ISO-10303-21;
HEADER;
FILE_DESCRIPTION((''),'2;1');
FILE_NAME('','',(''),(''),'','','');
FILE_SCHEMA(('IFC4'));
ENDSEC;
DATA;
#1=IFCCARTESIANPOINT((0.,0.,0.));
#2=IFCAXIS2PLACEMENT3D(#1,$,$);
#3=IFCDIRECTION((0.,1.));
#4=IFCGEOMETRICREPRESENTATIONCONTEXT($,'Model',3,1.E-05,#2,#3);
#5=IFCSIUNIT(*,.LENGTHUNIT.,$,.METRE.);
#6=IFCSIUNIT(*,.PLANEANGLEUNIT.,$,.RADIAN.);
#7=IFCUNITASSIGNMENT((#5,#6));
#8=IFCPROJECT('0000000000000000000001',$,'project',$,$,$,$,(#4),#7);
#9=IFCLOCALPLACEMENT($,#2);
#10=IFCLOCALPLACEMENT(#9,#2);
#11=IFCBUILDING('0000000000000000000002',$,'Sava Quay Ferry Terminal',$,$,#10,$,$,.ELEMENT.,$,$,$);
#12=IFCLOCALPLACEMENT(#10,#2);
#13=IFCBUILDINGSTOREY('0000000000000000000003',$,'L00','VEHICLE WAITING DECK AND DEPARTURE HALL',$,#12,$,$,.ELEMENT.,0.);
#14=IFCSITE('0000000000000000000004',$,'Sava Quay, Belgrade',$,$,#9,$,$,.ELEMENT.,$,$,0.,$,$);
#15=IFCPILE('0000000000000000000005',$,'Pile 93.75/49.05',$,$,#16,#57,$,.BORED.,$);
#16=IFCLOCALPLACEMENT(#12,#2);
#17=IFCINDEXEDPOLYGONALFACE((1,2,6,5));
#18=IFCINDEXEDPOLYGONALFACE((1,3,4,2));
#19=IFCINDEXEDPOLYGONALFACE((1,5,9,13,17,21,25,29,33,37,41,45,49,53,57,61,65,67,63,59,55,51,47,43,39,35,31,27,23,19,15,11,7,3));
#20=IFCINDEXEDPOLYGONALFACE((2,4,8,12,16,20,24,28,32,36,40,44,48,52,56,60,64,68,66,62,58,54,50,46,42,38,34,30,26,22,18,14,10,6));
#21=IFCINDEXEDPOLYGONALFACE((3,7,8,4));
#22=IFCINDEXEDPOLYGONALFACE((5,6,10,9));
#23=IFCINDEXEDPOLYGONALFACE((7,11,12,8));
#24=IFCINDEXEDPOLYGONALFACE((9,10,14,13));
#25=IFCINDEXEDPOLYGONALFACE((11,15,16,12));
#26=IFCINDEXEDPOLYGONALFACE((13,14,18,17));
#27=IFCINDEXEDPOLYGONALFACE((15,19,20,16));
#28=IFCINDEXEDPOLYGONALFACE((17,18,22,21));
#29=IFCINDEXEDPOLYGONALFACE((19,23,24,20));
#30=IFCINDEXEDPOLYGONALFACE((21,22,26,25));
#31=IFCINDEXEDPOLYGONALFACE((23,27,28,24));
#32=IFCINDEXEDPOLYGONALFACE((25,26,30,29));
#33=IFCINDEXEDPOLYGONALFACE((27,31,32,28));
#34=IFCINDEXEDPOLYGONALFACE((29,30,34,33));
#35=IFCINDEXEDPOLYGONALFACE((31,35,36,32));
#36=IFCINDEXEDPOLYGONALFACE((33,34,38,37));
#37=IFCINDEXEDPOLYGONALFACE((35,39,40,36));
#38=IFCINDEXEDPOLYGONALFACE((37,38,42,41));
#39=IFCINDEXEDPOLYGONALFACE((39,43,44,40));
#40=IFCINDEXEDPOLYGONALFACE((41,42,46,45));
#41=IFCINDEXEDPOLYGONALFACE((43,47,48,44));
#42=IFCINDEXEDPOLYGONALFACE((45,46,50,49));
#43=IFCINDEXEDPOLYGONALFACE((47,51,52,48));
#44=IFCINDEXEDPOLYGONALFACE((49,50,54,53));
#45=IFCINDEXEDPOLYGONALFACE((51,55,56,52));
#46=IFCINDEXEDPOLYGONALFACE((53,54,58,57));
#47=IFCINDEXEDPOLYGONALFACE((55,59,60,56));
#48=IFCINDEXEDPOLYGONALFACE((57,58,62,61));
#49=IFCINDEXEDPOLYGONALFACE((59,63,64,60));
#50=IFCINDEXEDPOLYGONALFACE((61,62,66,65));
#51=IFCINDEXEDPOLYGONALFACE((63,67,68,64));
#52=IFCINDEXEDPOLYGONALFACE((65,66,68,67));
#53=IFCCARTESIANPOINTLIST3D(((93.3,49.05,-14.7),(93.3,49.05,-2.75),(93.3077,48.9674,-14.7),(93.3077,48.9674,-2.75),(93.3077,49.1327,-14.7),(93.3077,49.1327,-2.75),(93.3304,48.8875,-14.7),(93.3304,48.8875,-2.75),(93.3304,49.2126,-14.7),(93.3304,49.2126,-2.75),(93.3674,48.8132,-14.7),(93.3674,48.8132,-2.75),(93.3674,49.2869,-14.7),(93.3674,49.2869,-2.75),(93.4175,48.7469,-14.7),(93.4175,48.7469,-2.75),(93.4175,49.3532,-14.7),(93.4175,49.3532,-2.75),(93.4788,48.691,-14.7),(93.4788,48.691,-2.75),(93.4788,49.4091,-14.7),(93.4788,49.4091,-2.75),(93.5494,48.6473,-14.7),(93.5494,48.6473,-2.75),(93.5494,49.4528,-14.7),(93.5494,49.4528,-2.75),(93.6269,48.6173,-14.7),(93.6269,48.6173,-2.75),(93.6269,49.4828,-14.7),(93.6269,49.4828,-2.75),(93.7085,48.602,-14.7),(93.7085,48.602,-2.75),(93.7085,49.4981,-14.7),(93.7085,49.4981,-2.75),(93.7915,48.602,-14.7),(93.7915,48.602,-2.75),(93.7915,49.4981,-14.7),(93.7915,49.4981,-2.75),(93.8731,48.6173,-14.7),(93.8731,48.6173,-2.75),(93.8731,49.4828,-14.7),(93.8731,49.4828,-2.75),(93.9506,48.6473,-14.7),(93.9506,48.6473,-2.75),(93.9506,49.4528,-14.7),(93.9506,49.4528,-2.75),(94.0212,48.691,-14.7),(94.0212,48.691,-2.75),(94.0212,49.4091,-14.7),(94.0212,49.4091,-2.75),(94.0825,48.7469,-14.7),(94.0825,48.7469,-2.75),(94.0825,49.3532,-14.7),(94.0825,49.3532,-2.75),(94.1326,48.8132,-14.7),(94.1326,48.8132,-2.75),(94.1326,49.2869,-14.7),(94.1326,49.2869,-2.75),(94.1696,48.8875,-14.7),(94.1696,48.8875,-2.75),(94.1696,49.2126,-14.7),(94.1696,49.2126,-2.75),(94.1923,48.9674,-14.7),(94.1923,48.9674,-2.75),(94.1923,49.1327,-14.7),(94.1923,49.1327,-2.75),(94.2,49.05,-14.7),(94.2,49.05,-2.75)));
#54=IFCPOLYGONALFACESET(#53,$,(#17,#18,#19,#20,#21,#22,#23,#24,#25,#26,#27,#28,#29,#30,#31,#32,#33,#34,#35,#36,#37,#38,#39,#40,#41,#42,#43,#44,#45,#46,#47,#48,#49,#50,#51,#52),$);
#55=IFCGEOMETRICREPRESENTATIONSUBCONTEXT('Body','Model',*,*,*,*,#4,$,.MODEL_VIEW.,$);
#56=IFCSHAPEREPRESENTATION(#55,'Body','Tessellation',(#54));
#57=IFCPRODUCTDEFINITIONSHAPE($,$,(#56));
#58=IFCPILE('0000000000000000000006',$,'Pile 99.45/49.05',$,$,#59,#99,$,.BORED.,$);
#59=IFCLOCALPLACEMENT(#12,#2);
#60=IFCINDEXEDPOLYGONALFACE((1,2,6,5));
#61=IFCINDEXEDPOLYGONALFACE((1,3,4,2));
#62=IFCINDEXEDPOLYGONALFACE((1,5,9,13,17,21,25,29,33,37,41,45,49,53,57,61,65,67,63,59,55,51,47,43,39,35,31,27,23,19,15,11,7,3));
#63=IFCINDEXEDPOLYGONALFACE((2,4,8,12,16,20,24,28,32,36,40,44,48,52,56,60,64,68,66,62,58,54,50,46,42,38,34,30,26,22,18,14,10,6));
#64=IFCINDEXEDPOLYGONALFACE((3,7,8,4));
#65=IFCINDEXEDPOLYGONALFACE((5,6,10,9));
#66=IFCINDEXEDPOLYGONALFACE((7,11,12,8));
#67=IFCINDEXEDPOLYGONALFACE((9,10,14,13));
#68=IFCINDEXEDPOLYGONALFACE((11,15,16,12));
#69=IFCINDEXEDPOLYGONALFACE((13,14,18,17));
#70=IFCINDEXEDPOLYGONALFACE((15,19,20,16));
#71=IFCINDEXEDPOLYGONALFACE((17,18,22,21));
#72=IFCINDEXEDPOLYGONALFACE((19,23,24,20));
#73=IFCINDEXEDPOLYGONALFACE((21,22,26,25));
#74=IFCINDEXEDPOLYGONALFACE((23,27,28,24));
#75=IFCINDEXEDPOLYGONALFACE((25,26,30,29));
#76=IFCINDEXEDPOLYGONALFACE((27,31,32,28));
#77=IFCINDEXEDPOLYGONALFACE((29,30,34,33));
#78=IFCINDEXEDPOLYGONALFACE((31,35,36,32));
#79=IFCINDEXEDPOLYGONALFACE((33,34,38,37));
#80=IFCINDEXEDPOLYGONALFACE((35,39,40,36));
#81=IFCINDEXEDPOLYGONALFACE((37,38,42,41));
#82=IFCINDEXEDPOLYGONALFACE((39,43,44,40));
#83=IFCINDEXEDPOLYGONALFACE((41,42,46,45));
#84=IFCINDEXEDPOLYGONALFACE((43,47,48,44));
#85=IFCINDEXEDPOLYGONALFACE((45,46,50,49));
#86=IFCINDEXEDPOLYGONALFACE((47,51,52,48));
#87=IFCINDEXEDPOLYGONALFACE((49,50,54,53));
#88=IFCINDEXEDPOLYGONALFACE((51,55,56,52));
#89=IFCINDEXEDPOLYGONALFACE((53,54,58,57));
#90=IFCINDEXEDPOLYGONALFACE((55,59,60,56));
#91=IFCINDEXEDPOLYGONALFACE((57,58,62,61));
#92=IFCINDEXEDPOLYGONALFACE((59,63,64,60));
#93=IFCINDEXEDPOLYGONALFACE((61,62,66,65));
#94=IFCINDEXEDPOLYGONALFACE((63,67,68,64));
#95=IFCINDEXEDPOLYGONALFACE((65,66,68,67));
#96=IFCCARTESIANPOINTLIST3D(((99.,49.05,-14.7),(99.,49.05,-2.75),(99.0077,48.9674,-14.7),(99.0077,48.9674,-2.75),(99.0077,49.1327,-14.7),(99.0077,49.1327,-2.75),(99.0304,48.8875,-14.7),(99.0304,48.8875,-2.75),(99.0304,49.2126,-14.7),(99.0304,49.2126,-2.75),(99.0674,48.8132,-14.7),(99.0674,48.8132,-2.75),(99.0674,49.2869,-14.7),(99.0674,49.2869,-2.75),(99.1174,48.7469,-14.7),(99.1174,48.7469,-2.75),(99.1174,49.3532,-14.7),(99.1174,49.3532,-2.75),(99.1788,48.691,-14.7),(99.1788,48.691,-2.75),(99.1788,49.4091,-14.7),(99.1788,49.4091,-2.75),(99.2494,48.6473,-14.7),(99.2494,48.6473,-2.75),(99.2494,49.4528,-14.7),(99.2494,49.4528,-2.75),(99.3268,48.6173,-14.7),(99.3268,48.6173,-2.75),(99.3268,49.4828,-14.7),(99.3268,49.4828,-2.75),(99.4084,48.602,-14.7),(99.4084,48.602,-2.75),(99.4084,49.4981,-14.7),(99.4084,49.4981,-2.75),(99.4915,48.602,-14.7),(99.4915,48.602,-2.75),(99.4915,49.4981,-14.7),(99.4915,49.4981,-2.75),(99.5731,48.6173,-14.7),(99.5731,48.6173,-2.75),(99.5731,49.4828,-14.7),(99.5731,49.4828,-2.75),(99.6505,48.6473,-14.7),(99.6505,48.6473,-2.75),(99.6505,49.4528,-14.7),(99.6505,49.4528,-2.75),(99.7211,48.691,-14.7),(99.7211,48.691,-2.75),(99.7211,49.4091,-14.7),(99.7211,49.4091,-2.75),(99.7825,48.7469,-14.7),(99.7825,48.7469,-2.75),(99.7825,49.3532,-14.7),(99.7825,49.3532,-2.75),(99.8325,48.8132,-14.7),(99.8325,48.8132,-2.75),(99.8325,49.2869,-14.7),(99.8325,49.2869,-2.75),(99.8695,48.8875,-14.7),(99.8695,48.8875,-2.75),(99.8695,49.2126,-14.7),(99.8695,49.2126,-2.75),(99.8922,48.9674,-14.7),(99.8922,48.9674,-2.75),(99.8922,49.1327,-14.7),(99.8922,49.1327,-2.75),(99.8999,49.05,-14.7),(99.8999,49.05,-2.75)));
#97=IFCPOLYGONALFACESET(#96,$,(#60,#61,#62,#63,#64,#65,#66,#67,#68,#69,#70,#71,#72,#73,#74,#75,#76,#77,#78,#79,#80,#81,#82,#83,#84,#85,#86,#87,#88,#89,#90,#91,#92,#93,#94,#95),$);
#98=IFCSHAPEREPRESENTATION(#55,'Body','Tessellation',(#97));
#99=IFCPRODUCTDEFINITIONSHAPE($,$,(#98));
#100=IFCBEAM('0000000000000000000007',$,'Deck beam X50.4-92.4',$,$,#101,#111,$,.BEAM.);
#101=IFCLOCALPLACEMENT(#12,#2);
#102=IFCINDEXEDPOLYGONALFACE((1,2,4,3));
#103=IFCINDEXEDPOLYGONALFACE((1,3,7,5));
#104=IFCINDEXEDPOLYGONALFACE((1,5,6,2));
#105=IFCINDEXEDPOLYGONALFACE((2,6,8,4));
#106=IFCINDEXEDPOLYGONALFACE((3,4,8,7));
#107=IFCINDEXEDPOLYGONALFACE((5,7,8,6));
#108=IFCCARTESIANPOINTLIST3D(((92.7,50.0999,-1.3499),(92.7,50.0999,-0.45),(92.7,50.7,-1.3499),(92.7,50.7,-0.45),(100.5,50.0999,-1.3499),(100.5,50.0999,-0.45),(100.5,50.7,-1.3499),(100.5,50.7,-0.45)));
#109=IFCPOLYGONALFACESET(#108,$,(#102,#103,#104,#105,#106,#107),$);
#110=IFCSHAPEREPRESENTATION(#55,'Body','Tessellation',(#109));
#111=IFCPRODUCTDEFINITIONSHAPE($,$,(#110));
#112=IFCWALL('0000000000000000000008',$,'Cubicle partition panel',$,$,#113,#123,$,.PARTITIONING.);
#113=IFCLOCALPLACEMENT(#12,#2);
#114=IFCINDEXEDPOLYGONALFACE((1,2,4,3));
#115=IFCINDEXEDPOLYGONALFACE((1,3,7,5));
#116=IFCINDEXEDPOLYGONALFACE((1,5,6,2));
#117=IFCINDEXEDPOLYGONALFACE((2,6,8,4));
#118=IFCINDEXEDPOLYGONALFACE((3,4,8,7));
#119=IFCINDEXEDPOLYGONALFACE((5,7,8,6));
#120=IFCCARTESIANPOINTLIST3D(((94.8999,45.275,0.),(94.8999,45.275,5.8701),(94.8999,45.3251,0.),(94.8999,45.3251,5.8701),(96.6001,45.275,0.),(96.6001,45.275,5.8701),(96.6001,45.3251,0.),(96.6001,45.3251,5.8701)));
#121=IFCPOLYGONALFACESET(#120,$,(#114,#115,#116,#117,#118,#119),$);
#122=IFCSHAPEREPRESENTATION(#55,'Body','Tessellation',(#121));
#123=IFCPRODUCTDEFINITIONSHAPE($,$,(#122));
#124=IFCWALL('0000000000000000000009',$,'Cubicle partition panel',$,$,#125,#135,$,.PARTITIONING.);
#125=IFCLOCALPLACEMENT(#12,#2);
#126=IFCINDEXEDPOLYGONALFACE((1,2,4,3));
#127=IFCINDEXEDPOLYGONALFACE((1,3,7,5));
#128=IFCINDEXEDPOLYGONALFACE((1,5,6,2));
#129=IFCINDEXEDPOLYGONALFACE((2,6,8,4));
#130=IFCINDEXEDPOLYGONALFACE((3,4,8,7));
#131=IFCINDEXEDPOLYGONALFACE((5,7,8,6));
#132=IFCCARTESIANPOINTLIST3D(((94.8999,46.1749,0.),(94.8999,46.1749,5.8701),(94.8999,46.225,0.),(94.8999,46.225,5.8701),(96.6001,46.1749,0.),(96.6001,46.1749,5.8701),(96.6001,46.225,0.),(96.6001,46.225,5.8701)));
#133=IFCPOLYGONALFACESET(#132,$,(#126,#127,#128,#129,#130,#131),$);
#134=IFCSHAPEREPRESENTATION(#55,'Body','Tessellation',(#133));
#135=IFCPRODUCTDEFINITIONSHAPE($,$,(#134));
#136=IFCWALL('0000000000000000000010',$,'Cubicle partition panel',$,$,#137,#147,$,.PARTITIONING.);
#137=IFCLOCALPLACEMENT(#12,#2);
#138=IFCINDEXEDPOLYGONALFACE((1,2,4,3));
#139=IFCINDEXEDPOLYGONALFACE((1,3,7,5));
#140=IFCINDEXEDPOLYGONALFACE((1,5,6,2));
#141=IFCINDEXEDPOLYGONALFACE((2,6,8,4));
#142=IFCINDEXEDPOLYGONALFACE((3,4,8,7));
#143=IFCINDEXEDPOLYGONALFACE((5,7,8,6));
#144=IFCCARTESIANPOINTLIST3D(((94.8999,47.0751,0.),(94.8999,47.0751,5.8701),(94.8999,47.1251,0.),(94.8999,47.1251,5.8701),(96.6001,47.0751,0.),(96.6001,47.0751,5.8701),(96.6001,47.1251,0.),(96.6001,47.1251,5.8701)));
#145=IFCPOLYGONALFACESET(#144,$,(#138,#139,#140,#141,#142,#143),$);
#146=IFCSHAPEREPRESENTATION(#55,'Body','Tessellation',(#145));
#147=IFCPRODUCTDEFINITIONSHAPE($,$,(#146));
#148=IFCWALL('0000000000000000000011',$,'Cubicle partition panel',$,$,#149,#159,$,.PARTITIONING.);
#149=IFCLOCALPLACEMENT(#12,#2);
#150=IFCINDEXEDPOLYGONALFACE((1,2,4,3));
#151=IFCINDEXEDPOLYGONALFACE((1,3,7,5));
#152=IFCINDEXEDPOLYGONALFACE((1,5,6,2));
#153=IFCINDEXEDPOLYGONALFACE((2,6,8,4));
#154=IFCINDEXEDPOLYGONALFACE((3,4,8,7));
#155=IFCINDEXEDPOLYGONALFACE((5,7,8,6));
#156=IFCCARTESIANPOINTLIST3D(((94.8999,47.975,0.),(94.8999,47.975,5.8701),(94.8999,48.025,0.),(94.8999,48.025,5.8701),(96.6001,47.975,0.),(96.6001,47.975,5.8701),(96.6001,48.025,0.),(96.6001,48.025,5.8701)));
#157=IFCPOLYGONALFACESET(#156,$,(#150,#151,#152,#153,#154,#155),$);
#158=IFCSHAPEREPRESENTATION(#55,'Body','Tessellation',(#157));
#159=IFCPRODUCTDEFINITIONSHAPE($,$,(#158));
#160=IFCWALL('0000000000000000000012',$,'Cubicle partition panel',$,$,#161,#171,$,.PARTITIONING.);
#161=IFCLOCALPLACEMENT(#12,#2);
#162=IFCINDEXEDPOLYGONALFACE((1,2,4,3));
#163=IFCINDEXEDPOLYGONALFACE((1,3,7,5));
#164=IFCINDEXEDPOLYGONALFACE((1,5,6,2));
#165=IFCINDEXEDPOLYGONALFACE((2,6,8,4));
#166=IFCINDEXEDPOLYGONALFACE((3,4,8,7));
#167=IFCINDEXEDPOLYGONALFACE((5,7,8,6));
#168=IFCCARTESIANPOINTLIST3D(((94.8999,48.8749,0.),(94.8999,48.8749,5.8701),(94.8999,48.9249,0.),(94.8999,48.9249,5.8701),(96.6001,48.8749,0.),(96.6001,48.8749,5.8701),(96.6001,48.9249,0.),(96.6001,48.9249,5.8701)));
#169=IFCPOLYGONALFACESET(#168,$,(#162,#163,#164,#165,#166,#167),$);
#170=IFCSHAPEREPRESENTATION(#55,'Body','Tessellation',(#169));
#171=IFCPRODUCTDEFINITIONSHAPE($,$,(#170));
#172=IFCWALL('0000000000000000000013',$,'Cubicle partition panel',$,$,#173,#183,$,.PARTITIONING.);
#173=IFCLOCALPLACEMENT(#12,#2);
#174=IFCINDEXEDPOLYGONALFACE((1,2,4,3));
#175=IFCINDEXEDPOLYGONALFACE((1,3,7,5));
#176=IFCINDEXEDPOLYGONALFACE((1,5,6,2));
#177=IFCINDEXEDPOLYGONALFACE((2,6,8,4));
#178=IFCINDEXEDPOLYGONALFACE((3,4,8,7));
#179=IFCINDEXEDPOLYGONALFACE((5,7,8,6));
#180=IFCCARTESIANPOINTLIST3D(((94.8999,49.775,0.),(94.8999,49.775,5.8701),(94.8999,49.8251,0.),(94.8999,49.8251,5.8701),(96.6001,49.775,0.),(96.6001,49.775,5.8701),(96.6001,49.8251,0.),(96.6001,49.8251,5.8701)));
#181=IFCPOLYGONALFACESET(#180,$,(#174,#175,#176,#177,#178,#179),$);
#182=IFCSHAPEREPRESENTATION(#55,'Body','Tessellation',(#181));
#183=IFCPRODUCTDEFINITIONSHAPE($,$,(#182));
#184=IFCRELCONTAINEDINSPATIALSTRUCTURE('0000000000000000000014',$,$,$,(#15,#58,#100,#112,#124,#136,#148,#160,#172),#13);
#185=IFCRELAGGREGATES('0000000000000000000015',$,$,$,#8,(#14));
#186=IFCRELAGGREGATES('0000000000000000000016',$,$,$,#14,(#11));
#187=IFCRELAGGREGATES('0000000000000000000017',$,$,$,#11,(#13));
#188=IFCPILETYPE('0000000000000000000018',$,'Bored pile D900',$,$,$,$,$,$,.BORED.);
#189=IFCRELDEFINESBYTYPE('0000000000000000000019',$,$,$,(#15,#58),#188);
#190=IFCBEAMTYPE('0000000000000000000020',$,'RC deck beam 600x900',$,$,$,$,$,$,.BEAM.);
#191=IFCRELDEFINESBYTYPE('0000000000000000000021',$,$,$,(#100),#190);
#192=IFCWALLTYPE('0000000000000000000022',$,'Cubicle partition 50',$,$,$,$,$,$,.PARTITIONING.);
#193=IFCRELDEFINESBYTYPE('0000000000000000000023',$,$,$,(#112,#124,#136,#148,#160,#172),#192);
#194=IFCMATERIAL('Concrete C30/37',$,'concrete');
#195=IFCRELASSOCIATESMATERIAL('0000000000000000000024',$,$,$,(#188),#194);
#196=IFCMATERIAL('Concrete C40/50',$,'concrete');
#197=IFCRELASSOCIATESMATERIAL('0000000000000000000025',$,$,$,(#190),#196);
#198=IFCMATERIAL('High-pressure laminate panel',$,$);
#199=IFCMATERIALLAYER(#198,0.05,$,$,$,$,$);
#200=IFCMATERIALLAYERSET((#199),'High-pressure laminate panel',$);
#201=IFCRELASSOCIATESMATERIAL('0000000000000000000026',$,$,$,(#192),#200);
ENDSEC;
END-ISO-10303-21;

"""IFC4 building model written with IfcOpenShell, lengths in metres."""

from ifc_helpers import new_model, si_unit, direction, frame, frame_2d, origin, origin_2d, place, context, subcontext, project, spatial, rectangle, circle, extrude, material, layer, layer_set, material_profile, profile_set, type_object, element, save


model = new_model("IFC4")

# Units and contexts
model_context = context("Model", 3, precision=1e-05, world=origin(), true_north=direction((0.0, 1.0)))
body_context = subcontext(model_context, "Body", "Model", "MODEL_VIEW")
ifc_project = project(units=[si_unit("LENGTHUNIT", "METRE"), si_unit("PLANEANGLEUNIT", "RADIAN")], contexts=[model_context])

# Site, building, storey
site_placement = place(None, origin())
site = spatial("IfcSite", under=ifc_project, at=site_placement, Name="Sava Quay, Belgrade", CompositionType="ELEMENT", RefElevation=0.0)
building_placement = place(site_placement, origin())
building = spatial("IfcBuilding", under=site, at=building_placement, Name="Sava Quay Ferry Terminal", CompositionType="ELEMENT")
storey_placement = place(building_placement, origin())
storey = spatial("IfcBuildingStorey", under=building, at=storey_placement, Name="L00", Description="VEHICLE WAITING DECK AND DEPARTURE HALL", CompositionType="ELEMENT", Elevation=0.0)

# Piles
ifc_material_1 = material(Name="Concrete C30/37", Category="concrete")
ifc_material_profile_1 = material_profile(ifc_material_1, circle(Radius=0.45, at=origin_2d()), Name="Bored pile D900")
ifc_profile_set_1 = profile_set([ifc_material_profile_1], Name="Concrete C30/37")
pile_type = type_object("IfcPileType", Name="Bored pile D900", PredefinedType="BORED", material=ifc_profile_set_1)
for number, where, z_axis, x_axis, name in (
    (1, (93.75, 49.05, -2.75), (0.0, 0.0, -1.0), (1.0, 0.0, 0.0), "Pile 93.75/49.05"),
    (2, (99.45, 49.05, -2.75), (0.0, 0.0, -1.0), (1.0, 0.0, 0.0), "Pile 99.45/49.05"),
):
    element("IfcPile", number, at=place(storey_placement, frame(where, z_axis=z_axis, x_axis=x_axis)), inside=storey, type_object=pile_type, Name=name, PredefinedType="BORED", context=body_context, shape_type="SweptSolid", body=[
        extrude(circle(Radius=0.45, at=origin_2d()), origin(), (0.0, 0.0, 1.0), 11.95),
    ])

# Beam
ifc_material_2 = material(Name="Concrete C40/50", Category="concrete")
ifc_material_profile_2 = material_profile(ifc_material_2, rectangle(XDim=0.6001, YDim=0.8999, at=origin_2d()), Name="RC 600x900")
ifc_profile_set_2 = profile_set([ifc_material_profile_2], Name="Concrete C40/50")
beam_type = type_object("IfcBeamType", Name="RC deck beam 600x900", PredefinedType="BEAM", material=ifc_profile_set_2)
beam_placement = place(storey_placement, frame((92.7, 50.3999, -0.8999), z_axis=(1.0, 0.0, 0.0), x_axis=(0.0, 1.0, 0.0)))
element("IfcBeam", 3, at=beam_placement, inside=storey, type_object=beam_type, Name="Deck beam X50.4-92.4", PredefinedType="BEAM", context=body_context, shape_type="SweptSolid", body=[
    extrude(rectangle(XDim=0.6001, YDim=0.8999, at=origin_2d()), origin(), (0.0, 0.0, 1.0), 7.8),
])

# Walls
ifc_material_3 = material(Name="High-pressure laminate panel")
ifc_layer_1 = layer(ifc_material_3, 0.05)
ifc_layer_set_1 = layer_set([ifc_layer_1], Name="High-pressure laminate panel")
wall_type_1 = type_object("IfcWallType", Name="Cubicle partition 50", PredefinedType="PARTITIONING", material=ifc_layer_set_1)
for number, where, z_axis, x_axis, name in (
    (4, (96.6001, 45.3, 0.0), (0.0, 0.0, 1.0), (-1.0, 0.0, 0.0), "Cubicle partition panel"),
    (5, (96.6001, 46.2, 0.0), (0.0, 0.0, 1.0), (-1.0, 0.0, 0.0), "Cubicle partition panel"),
    (6, (96.6001, 47.1001, 0.0), (0.0, 0.0, 1.0), (-1.0, 0.0, 0.0), "Cubicle partition panel"),
    (7, (96.6001, 48.0, 0.0), (0.0, 0.0, 1.0), (-1.0, 0.0, 0.0), "Cubicle partition panel"),
    (8, (96.6001, 48.8999, 0.0), (0.0, 0.0, 1.0), (-1.0, 0.0, 0.0), "Cubicle partition panel"),
    (9, (96.6001, 49.8, 0.0), (0.0, 0.0, 1.0), (-1.0, 0.0, 0.0), "Cubicle partition panel"),
):
    element("IfcWall", number, at=place(storey_placement, frame(where, z_axis=z_axis, x_axis=x_axis)), inside=storey, type_object=wall_type_1, Name=name, PredefinedType="PARTITIONING", context=body_context, shape_type="SweptSolid", body=[
        extrude(rectangle(XDim=1.7002, YDim=0.05, at=frame_2d((0.8501, 0.0))), origin(), (0.0, 0.0, 1.0), 5.8701),
    ])

save(model, "model.ifc")
